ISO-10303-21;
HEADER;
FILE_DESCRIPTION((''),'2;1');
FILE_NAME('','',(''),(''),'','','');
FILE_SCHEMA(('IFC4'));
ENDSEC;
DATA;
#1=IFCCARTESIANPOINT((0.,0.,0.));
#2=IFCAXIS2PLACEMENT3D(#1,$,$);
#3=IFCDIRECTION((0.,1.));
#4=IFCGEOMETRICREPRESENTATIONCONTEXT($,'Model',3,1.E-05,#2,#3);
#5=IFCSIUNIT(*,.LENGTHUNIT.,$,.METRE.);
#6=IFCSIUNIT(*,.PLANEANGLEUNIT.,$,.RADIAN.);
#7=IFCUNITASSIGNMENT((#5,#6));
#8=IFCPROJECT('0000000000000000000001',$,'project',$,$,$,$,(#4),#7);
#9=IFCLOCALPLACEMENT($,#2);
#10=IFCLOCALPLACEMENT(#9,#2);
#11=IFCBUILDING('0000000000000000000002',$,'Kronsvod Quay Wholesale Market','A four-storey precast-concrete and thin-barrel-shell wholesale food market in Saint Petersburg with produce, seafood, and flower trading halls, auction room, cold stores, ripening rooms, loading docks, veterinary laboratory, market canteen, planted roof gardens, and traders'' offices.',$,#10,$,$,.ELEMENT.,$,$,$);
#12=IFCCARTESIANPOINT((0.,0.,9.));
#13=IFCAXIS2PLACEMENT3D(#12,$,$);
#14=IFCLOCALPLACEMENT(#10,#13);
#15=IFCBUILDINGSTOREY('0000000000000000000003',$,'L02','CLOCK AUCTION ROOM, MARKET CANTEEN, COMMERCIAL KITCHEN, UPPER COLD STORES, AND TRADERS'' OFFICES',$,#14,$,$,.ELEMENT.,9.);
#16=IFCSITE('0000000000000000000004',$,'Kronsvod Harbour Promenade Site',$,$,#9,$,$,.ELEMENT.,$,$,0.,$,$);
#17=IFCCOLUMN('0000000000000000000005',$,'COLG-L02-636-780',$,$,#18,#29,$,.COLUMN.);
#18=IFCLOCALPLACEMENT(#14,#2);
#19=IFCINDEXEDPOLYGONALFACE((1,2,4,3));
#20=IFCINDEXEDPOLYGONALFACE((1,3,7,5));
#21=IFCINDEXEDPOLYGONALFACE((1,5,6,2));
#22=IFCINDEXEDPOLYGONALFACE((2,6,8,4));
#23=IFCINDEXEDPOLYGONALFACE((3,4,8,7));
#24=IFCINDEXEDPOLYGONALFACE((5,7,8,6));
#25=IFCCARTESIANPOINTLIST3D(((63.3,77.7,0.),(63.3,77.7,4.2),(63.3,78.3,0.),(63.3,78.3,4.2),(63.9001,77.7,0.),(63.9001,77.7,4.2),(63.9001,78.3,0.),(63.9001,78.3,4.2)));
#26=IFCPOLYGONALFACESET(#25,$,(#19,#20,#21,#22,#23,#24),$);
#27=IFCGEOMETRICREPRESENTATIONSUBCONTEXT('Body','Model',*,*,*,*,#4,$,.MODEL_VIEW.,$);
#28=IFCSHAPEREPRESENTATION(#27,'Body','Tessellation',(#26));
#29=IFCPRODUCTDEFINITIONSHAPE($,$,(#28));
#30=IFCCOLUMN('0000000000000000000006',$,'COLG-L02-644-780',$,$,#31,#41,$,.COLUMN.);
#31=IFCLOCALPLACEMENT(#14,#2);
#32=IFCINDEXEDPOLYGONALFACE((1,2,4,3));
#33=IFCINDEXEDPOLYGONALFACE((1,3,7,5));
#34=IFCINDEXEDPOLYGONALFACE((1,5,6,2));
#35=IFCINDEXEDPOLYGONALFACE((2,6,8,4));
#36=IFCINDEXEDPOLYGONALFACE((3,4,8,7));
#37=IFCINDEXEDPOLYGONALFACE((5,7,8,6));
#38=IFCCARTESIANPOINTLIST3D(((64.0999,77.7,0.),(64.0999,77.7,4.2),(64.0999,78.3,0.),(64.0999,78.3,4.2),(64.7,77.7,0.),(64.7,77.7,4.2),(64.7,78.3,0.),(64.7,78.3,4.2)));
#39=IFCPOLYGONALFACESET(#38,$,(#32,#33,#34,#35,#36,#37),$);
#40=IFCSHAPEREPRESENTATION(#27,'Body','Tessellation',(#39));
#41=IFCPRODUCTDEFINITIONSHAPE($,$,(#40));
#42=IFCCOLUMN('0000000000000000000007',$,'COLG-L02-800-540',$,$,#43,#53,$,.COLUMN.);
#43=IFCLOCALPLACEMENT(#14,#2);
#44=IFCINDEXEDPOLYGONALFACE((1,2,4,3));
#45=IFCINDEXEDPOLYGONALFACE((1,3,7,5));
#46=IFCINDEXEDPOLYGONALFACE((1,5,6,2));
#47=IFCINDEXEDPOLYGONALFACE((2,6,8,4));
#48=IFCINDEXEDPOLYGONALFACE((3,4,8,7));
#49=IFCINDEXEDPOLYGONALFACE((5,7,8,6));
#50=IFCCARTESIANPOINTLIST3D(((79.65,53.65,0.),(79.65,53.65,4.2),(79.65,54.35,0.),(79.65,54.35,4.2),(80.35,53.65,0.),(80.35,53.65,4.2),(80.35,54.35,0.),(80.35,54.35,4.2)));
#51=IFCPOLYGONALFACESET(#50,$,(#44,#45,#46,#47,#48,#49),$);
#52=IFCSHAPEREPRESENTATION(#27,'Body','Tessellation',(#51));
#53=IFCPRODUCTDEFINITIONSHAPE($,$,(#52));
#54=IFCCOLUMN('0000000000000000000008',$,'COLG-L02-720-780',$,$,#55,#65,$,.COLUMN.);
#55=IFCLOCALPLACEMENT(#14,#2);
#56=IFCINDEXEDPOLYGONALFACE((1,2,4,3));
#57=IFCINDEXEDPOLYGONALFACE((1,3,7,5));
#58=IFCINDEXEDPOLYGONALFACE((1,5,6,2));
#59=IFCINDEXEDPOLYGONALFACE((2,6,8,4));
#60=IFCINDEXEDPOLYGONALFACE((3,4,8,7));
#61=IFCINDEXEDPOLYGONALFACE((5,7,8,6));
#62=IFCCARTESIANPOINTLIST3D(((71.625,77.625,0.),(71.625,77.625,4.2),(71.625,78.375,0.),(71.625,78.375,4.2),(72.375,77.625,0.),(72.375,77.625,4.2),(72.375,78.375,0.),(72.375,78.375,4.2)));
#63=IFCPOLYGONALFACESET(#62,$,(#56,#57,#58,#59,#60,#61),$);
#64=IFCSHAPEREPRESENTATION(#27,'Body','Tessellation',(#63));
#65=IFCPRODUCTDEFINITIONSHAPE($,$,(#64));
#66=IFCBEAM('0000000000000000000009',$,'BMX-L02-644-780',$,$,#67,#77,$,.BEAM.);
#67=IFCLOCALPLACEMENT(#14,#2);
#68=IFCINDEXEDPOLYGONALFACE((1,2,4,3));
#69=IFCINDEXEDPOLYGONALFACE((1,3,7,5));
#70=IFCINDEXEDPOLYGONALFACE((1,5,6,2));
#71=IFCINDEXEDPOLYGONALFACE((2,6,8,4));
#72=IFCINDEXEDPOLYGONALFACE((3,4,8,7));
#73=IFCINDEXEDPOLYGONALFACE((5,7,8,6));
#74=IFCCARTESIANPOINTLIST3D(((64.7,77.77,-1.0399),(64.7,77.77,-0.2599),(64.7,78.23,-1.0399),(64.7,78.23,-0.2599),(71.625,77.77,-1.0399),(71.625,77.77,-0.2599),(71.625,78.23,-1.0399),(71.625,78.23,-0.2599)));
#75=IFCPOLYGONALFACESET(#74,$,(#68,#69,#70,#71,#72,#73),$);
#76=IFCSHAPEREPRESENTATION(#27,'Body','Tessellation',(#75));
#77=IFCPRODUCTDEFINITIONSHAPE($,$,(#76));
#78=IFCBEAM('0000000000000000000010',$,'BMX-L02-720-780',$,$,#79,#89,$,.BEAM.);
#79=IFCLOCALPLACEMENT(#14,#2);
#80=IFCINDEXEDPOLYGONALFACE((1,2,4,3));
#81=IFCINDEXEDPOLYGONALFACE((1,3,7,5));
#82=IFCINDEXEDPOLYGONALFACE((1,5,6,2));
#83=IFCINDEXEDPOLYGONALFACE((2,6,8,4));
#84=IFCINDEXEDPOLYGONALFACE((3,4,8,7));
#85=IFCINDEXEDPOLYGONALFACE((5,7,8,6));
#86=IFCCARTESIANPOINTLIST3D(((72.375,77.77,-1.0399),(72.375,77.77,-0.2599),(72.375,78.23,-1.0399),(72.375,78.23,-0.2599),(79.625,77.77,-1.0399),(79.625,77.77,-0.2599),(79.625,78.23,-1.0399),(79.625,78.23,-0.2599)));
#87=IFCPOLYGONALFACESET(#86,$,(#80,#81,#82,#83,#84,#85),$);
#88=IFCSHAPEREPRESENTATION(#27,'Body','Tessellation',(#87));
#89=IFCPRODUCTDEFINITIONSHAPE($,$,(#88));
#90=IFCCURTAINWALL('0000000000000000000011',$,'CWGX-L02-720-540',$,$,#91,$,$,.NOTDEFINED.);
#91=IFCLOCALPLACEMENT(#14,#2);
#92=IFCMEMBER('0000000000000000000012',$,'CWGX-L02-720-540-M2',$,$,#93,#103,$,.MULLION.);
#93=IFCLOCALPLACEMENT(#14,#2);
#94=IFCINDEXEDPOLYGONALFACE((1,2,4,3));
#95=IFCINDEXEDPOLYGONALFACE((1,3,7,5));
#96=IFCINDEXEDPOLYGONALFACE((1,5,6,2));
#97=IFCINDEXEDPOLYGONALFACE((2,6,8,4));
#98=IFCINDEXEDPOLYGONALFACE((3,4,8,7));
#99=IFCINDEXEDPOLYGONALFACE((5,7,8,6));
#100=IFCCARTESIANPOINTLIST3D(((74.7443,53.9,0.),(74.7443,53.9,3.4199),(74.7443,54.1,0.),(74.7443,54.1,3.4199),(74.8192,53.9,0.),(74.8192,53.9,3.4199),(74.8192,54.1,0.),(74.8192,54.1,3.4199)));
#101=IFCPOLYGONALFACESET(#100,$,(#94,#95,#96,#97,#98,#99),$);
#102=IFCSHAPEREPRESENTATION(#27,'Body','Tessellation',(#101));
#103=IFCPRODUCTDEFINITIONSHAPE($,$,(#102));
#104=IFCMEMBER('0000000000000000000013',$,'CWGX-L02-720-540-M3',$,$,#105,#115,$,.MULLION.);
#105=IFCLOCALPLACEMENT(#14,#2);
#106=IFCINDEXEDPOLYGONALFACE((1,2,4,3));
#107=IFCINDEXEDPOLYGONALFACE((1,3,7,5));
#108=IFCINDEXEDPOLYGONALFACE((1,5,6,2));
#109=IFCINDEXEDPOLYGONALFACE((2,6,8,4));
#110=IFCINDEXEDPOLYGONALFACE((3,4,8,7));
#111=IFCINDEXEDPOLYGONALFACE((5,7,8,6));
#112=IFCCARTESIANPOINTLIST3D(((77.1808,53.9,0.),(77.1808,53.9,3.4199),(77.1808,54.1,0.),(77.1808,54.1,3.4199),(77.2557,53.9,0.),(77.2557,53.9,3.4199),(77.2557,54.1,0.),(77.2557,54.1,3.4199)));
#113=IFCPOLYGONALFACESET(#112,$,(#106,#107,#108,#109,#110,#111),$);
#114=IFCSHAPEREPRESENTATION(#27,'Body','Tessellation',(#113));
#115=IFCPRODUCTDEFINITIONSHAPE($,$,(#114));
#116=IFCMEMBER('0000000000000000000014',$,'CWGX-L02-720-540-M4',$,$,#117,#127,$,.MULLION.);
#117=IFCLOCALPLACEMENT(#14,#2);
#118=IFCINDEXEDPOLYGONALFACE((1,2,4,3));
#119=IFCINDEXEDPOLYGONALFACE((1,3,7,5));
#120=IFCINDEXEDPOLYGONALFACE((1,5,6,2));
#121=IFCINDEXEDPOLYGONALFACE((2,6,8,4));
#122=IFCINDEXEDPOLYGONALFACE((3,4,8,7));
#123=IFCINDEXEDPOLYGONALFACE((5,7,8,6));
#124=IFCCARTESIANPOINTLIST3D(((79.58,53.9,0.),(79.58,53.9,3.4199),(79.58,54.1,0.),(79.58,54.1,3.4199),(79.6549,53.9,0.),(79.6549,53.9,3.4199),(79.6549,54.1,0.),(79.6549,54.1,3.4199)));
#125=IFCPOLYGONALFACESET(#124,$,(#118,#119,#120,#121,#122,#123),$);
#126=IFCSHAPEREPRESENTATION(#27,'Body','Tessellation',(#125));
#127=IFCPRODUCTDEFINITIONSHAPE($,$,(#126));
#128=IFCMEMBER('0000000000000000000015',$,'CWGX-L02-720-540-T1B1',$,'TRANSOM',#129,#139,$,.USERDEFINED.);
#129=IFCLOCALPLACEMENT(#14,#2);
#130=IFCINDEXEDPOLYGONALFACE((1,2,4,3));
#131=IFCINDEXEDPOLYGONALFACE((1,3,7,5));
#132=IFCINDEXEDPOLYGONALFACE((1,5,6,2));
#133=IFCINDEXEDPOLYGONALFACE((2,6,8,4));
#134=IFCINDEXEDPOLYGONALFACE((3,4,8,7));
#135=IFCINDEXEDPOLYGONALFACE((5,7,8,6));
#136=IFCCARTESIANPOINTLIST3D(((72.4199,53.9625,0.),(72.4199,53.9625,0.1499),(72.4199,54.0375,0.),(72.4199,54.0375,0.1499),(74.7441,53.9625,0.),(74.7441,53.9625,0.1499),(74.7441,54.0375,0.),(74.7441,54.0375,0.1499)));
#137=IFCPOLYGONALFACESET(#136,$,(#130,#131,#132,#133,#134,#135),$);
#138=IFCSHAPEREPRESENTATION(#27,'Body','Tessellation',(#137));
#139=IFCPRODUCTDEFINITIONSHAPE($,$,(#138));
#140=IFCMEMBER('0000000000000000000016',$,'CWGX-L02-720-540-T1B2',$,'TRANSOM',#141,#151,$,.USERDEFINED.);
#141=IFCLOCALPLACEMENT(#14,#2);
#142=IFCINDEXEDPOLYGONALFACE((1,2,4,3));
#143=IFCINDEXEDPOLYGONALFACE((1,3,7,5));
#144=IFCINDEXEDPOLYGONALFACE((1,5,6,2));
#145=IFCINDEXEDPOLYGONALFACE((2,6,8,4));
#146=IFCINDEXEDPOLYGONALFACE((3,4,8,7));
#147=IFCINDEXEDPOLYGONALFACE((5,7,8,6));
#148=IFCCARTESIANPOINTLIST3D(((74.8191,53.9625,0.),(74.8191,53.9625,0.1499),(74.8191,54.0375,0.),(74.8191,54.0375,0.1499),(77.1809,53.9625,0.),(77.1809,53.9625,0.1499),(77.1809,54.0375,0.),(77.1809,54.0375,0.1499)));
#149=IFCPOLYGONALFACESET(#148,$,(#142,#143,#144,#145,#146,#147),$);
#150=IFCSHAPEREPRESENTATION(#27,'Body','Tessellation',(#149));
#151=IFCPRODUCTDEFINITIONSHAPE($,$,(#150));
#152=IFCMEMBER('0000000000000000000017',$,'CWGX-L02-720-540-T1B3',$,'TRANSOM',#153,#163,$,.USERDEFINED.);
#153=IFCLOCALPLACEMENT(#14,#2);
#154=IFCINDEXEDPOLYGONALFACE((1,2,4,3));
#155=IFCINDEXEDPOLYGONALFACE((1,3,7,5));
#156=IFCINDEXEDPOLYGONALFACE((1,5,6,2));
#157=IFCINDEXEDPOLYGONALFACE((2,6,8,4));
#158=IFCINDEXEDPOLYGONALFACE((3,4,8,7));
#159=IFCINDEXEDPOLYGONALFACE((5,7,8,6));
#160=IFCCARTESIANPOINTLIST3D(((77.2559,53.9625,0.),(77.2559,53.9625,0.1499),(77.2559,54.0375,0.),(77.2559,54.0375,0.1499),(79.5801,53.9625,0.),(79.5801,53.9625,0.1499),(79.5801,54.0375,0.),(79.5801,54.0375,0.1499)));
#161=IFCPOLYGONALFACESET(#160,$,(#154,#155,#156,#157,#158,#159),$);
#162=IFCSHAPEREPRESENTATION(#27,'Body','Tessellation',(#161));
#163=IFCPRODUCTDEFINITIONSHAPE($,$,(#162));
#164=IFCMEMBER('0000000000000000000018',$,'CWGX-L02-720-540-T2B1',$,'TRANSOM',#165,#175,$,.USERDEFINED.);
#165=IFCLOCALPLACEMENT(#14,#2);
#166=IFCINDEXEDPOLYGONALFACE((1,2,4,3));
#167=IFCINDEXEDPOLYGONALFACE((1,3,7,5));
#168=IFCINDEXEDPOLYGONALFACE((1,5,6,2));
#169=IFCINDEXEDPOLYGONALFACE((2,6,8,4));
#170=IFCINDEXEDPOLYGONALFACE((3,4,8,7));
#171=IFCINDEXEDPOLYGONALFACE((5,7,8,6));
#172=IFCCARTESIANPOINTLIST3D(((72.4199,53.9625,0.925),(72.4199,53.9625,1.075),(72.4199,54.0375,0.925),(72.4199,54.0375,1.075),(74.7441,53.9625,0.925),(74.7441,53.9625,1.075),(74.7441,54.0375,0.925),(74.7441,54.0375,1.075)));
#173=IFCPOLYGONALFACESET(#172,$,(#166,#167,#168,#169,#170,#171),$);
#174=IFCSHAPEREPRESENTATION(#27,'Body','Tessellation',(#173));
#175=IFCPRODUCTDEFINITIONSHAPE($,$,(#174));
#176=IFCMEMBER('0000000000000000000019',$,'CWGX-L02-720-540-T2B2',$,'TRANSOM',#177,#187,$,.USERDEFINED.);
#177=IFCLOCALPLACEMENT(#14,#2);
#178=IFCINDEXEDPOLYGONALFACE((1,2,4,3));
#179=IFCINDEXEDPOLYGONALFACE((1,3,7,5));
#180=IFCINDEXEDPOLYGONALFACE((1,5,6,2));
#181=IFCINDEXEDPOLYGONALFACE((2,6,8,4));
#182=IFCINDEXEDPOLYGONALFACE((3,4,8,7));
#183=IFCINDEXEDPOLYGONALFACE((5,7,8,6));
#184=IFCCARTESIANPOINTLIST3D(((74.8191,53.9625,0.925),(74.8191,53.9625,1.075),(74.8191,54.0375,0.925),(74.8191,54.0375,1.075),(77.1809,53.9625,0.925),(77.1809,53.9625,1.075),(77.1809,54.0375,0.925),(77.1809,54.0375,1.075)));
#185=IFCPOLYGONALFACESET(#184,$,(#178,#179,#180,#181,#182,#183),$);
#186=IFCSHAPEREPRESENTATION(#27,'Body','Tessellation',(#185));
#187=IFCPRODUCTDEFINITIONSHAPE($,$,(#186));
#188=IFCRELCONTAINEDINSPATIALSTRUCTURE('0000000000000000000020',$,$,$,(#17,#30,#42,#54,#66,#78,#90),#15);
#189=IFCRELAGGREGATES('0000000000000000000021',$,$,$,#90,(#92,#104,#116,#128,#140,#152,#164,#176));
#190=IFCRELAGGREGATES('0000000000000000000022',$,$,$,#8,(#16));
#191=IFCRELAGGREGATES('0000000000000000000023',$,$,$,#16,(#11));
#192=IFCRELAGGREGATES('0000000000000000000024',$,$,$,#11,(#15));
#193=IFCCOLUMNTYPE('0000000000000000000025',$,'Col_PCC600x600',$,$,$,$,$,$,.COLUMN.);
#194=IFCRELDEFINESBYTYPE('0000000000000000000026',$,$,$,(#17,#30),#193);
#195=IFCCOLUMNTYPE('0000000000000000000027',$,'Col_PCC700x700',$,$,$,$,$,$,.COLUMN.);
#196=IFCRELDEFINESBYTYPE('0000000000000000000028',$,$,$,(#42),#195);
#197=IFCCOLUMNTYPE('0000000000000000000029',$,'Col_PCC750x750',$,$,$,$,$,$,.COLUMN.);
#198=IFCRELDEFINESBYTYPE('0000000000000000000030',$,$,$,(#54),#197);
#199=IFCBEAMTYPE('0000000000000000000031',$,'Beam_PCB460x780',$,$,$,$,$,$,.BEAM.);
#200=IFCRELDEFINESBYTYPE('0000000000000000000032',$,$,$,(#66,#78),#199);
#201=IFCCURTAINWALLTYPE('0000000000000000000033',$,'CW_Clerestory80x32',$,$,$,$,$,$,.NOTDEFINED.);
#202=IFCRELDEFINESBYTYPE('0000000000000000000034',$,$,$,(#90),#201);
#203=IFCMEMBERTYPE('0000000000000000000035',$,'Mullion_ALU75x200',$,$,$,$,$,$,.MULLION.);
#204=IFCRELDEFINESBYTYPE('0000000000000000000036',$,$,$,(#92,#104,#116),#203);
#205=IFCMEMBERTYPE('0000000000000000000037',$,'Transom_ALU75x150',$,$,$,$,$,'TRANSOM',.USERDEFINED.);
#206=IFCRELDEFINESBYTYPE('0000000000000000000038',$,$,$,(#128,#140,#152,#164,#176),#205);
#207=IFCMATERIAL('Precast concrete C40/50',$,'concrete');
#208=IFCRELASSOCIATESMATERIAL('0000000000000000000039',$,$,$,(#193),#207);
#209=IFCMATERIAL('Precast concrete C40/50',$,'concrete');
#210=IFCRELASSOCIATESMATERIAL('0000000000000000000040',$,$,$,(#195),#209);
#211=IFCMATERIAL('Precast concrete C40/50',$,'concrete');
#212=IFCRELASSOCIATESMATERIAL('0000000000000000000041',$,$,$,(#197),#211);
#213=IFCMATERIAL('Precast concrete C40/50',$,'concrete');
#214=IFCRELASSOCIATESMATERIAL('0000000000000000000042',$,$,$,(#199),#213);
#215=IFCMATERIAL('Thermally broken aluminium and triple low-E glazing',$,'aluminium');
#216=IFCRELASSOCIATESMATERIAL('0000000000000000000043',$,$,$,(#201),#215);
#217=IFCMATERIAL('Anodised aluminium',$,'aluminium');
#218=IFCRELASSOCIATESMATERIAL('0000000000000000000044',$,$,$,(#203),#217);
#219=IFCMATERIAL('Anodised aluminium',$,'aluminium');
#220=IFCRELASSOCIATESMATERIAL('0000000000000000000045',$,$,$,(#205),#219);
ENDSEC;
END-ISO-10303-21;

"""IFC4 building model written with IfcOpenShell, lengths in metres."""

from ifc_helpers import new_model, si_unit, direction, frame, origin, origin_2d, place, context, subcontext, project, spatial, rectangle, extrude, material, material_profile, profile_set, type_object, element, aggregate, save


model = new_model("IFC4")

# Units and contexts
model_context = context("Model", 3, precision=1e-05, world=origin(), true_north=direction((0.0, 1.0)))
body_context = subcontext(model_context, "Body", "Model", "MODEL_VIEW")
ifc_project = project(units=[si_unit("LENGTHUNIT", "METRE"), si_unit("PLANEANGLEUNIT", "RADIAN")], contexts=[model_context])

# Site, building, storey
site_placement = place(None, origin())
site = spatial("IfcSite", under=ifc_project, at=site_placement, Name="Kronsvod Harbour Promenade Site", CompositionType="ELEMENT", RefElevation=0.0)
building_placement = place(site_placement, origin())
building = spatial("IfcBuilding", under=site, at=building_placement, Name="Kronsvod Quay Wholesale Market", Description="A four-storey precast-concrete and thin-barrel-shell wholesale food market in Saint Petersburg with produce, seafood, and flower trading halls, auction room, cold stores, ripening rooms, loading docks, veterinary laboratory, market canteen, planted roof gardens, and traders' offices.", CompositionType="ELEMENT")
storey_placement = place(building_placement, frame((0.0, 0.0, 9.0)))
storey = spatial("IfcBuildingStorey", under=building, at=storey_placement, Name="L02", Description="CLOCK AUCTION ROOM, MARKET CANTEEN, COMMERCIAL KITCHEN, UPPER COLD STORES, AND TRADERS' OFFICES", CompositionType="ELEMENT", Elevation=9.0)

# Columns
ifc_material_1 = material(Name="Precast concrete C40/50", Category="concrete")
ifc_material_profile_1 = material_profile(ifc_material_1, rectangle(XDim=0.6001, YDim=0.6001, at=origin_2d()), Name="PCC600x600")
ifc_profile_set_1 = profile_set([ifc_material_profile_1], Name="Precast concrete C40/50")
column_type_1 = type_object("IfcColumnType", Name="Col_PCC600x600", PredefinedType="COLUMN", material=ifc_profile_set_1)
for number, where, z_axis, x_axis, name in (
    (1, (63.6001, 78.0, 0.0), (0.0, 0.0, 1.0), (1.0, 0.0, 0.0), "COLG-L02-636-780"),
    (2, (64.3999, 78.0, 0.0), (0.0, 0.0, 1.0), (1.0, 0.0, 0.0), "COLG-L02-644-780"),
):
    element("IfcColumn", number, at=place(storey_placement, frame(where, z_axis=z_axis, x_axis=x_axis)), inside=storey, type_object=column_type_1, Name=name, PredefinedType="COLUMN", context=body_context, shape_type="SweptSolid", body=[
        extrude(rectangle(XDim=0.6001, YDim=0.6001, at=origin_2d()), origin(), (0.0, 0.0, 1.0), 4.2),
    ])
ifc_material_2 = material(Name="Precast concrete C40/50", Category="concrete")
ifc_material_profile_2 = material_profile(ifc_material_2, rectangle(XDim=0.7, YDim=0.7, at=origin_2d()), Name="PCC700x700")
ifc_profile_set_2 = profile_set([ifc_material_profile_2], Name="Precast concrete C40/50")
column_type_2 = type_object("IfcColumnType", Name="Col_PCC700x700", PredefinedType="COLUMN", material=ifc_profile_set_2)
column_1_placement = place(storey_placement, frame((80.0, 54.0, 0.0), z_axis=(0.0, 0.0, 1.0), x_axis=(1.0, 0.0, 0.0)))
element("IfcColumn", 3, at=column_1_placement, inside=storey, type_object=column_type_2, Name="COLG-L02-800-540", PredefinedType="COLUMN", context=body_context, shape_type="SweptSolid", body=[
    extrude(rectangle(XDim=0.7, YDim=0.7, at=origin_2d()), origin(), (0.0, 0.0, 1.0), 4.2),
])
ifc_material_3 = material(Name="Precast concrete C40/50", Category="concrete")
ifc_material_profile_3 = material_profile(ifc_material_3, rectangle(XDim=0.75, YDim=0.75, at=origin_2d()), Name="COL-07")
ifc_profile_set_3 = profile_set([ifc_material_profile_3], Name="Precast concrete C40/50")
column_type_3 = type_object("IfcColumnType", Name="Col_PCC750x750", PredefinedType="COLUMN", material=ifc_profile_set_3)
column_2_placement = place(storey_placement, frame((72.0, 78.0, 0.0), z_axis=(0.0, 0.0, 1.0), x_axis=(1.0, 0.0, 0.0)))
element("IfcColumn", 4, at=column_2_placement, inside=storey, type_object=column_type_3, Name="COLG-L02-720-780", PredefinedType="COLUMN", context=body_context, shape_type="SweptSolid", body=[
    extrude(rectangle(XDim=0.75, YDim=0.75, at=origin_2d()), origin(), (0.0, 0.0, 1.0), 4.2),
])

# Beams
ifc_material_4 = material(Name="Precast concrete C40/50", Category="concrete")
ifc_material_profile_4 = material_profile(ifc_material_4, rectangle(XDim=0.46, YDim=0.78, at=origin_2d()), Name="PB-03")
ifc_profile_set_4 = profile_set([ifc_material_profile_4], Name="Precast concrete C40/50")
beam_type = type_object("IfcBeamType", Name="Beam_PCB460x780", PredefinedType="BEAM", material=ifc_profile_set_4)
beam_1_placement = place(storey_placement, frame((64.7, 78.0, -0.6499), z_axis=(1.0, 0.0, 0.0), x_axis=(0.0, 1.0, 0.0)))
element("IfcBeam", 5, at=beam_1_placement, inside=storey, type_object=beam_type, Name="BMX-L02-644-780", PredefinedType="BEAM", context=body_context, shape_type="SweptSolid", body=[
    extrude(rectangle(XDim=0.46, YDim=0.78, at=origin_2d()), origin(), (0.0, 0.0, 1.0), 6.925),
])
beam_2_placement = place(storey_placement, frame((72.375, 78.0, -0.6499), z_axis=(1.0, 0.0, 0.0), x_axis=(0.0, 1.0, 0.0)))
element("IfcBeam", 6, at=beam_2_placement, inside=storey, type_object=beam_type, Name="BMX-L02-720-780", PredefinedType="BEAM", context=body_context, shape_type="SweptSolid", body=[
    extrude(rectangle(XDim=0.46, YDim=0.78, at=origin_2d()), origin(), (0.0, 0.0, 1.0), 7.25),
])

# Curtain wall, members
ifc_material_5 = material(Name="Thermally broken aluminium and triple low-E glazing", Category="aluminium")
curtain_wall_type = type_object("IfcCurtainWallType", Name="CW_Clerestory80x32", PredefinedType="NOTDEFINED", material=ifc_material_5)
curtain_wall_placement = place(storey_placement, origin())
curtain_wall = element("IfcCurtainWall", 7, at=curtain_wall_placement, inside=storey, type_object=curtain_wall_type, Name="CWGX-L02-720-540", PredefinedType="NOTDEFINED")
ifc_material_6 = material(Name="Anodised aluminium", Category="aluminium")
ifc_material_profile_5 = material_profile(ifc_material_6, rectangle(XDim=0.075, YDim=0.2, at=origin_2d()), Name="ALUM75x200")
ifc_profile_set_5 = profile_set([ifc_material_profile_5], Name="Anodised aluminium")
member_type_1 = type_object("IfcMemberType", Name="Mullion_ALU75x200", PredefinedType="MULLION", material=ifc_profile_set_5)
member_1_placement = place(storey_placement, frame((74.7817, 54.0, 0.0), z_axis=(0.0, 0.0, 1.0), x_axis=(1.0, 0.0, 0.0)))
member_1 = element("IfcMember", 8, at=member_1_placement, type_object=member_type_1, Name="CWGX-L02-720-540-M2", PredefinedType="MULLION", context=body_context, shape_type="SweptSolid", body=[
    extrude(rectangle(XDim=0.075, YDim=0.2, at=origin_2d()), origin(), (0.0, 0.0, 1.0), 3.4199),
])
member_2_placement = place(storey_placement, frame((77.2183, 54.0, 0.0), z_axis=(0.0, 0.0, 1.0), x_axis=(1.0, 0.0, 0.0)))
member_2 = element("IfcMember", 9, at=member_2_placement, type_object=member_type_1, Name="CWGX-L02-720-540-M3", PredefinedType="MULLION", context=body_context, shape_type="SweptSolid", body=[
    extrude(rectangle(XDim=0.075, YDim=0.2, at=origin_2d()), origin(), (0.0, 0.0, 1.0), 3.4199),
])
member_3_placement = place(storey_placement, frame((79.6174, 54.0, 0.0), z_axis=(0.0, 0.0, 1.0), x_axis=(1.0, 0.0, 0.0)))
member_3 = element("IfcMember", 10, at=member_3_placement, type_object=member_type_1, Name="CWGX-L02-720-540-M4", PredefinedType="MULLION", context=body_context, shape_type="SweptSolid", body=[
    extrude(rectangle(XDim=0.075, YDim=0.2, at=origin_2d()), origin(), (0.0, 0.0, 1.0), 3.4199),
])
ifc_material_7 = material(Name="Anodised aluminium", Category="aluminium")
ifc_material_profile_6 = material_profile(ifc_material_7, rectangle(XDim=0.075, YDim=0.1499, at=origin_2d()), Name="ALUT75x150")
ifc_profile_set_6 = profile_set([ifc_material_profile_6], Name="Anodised aluminium")
member_type_2 = type_object("IfcMemberType", Name="Transom_ALU75x150", ElementType="TRANSOM", PredefinedType="USERDEFINED", material=ifc_profile_set_6)
member_4_placement = place(storey_placement, frame((72.4199, 54.0, 0.075), z_axis=(1.0, 0.0, 0.0), x_axis=(0.0, 1.0, 0.0)))
member_4 = element("IfcMember", 11, at=member_4_placement, type_object=member_type_2, Name="CWGX-L02-720-540-T1B1", ObjectType="TRANSOM", PredefinedType="USERDEFINED", context=body_context, shape_type="SweptSolid", body=[
    extrude(rectangle(XDim=0.075, YDim=0.1499, at=origin_2d()), origin(), (0.0, 0.0, 1.0), 2.3242),
])
member_5_placement = place(storey_placement, frame((74.8191, 54.0, 0.075), z_axis=(1.0, 0.0, 0.0), x_axis=(0.0, 1.0, 0.0)))
member_5 = element("IfcMember", 12, at=member_5_placement, type_object=member_type_2, Name="CWGX-L02-720-540-T1B2", ObjectType="TRANSOM", PredefinedType="USERDEFINED", context=body_context, shape_type="SweptSolid", body=[
    extrude(rectangle(XDim=0.075, YDim=0.1499, at=origin_2d()), origin(), (0.0, 0.0, 1.0), 2.3618),
])
member_6_placement = place(storey_placement, frame((77.2559, 54.0, 0.075), z_axis=(1.0, 0.0, 0.0), x_axis=(0.0, 1.0, 0.0)))
member_6 = element("IfcMember", 13, at=member_6_placement, type_object=member_type_2, Name="CWGX-L02-720-540-T1B3", ObjectType="TRANSOM", PredefinedType="USERDEFINED", context=body_context, shape_type="SweptSolid", body=[
    extrude(rectangle(XDim=0.075, YDim=0.1499, at=origin_2d()), origin(), (0.0, 0.0, 1.0), 2.3242),
])
member_7_placement = place(storey_placement, frame((72.4199, 54.0, 1.0), z_axis=(1.0, 0.0, 0.0), x_axis=(0.0, 1.0, 0.0)))
member_7 = element("IfcMember", 14, at=member_7_placement, type_object=member_type_2, Name="CWGX-L02-720-540-T2B1", ObjectType="TRANSOM", PredefinedType="USERDEFINED", context=body_context, shape_type="SweptSolid", body=[
    extrude(rectangle(XDim=0.075, YDim=0.1499, at=origin_2d()), origin(), (0.0, 0.0, 1.0), 2.3242),
])
member_8_placement = place(storey_placement, frame((74.8191, 54.0, 1.0), z_axis=(1.0, 0.0, 0.0), x_axis=(0.0, 1.0, 0.0)))
member_8 = element("IfcMember", 15, at=member_8_placement, type_object=member_type_2, Name="CWGX-L02-720-540-T2B2", ObjectType="TRANSOM", PredefinedType="USERDEFINED", context=body_context, shape_type="SweptSolid", body=[
    extrude(rectangle(XDim=0.075, YDim=0.1499, at=origin_2d()), origin(), (0.0, 0.0, 1.0), 2.3618),
])
aggregate(curtain_wall, [member_1, member_2, member_3, member_4, member_5, member_6, member_7, member_8])

save(model, "model.ifc")
